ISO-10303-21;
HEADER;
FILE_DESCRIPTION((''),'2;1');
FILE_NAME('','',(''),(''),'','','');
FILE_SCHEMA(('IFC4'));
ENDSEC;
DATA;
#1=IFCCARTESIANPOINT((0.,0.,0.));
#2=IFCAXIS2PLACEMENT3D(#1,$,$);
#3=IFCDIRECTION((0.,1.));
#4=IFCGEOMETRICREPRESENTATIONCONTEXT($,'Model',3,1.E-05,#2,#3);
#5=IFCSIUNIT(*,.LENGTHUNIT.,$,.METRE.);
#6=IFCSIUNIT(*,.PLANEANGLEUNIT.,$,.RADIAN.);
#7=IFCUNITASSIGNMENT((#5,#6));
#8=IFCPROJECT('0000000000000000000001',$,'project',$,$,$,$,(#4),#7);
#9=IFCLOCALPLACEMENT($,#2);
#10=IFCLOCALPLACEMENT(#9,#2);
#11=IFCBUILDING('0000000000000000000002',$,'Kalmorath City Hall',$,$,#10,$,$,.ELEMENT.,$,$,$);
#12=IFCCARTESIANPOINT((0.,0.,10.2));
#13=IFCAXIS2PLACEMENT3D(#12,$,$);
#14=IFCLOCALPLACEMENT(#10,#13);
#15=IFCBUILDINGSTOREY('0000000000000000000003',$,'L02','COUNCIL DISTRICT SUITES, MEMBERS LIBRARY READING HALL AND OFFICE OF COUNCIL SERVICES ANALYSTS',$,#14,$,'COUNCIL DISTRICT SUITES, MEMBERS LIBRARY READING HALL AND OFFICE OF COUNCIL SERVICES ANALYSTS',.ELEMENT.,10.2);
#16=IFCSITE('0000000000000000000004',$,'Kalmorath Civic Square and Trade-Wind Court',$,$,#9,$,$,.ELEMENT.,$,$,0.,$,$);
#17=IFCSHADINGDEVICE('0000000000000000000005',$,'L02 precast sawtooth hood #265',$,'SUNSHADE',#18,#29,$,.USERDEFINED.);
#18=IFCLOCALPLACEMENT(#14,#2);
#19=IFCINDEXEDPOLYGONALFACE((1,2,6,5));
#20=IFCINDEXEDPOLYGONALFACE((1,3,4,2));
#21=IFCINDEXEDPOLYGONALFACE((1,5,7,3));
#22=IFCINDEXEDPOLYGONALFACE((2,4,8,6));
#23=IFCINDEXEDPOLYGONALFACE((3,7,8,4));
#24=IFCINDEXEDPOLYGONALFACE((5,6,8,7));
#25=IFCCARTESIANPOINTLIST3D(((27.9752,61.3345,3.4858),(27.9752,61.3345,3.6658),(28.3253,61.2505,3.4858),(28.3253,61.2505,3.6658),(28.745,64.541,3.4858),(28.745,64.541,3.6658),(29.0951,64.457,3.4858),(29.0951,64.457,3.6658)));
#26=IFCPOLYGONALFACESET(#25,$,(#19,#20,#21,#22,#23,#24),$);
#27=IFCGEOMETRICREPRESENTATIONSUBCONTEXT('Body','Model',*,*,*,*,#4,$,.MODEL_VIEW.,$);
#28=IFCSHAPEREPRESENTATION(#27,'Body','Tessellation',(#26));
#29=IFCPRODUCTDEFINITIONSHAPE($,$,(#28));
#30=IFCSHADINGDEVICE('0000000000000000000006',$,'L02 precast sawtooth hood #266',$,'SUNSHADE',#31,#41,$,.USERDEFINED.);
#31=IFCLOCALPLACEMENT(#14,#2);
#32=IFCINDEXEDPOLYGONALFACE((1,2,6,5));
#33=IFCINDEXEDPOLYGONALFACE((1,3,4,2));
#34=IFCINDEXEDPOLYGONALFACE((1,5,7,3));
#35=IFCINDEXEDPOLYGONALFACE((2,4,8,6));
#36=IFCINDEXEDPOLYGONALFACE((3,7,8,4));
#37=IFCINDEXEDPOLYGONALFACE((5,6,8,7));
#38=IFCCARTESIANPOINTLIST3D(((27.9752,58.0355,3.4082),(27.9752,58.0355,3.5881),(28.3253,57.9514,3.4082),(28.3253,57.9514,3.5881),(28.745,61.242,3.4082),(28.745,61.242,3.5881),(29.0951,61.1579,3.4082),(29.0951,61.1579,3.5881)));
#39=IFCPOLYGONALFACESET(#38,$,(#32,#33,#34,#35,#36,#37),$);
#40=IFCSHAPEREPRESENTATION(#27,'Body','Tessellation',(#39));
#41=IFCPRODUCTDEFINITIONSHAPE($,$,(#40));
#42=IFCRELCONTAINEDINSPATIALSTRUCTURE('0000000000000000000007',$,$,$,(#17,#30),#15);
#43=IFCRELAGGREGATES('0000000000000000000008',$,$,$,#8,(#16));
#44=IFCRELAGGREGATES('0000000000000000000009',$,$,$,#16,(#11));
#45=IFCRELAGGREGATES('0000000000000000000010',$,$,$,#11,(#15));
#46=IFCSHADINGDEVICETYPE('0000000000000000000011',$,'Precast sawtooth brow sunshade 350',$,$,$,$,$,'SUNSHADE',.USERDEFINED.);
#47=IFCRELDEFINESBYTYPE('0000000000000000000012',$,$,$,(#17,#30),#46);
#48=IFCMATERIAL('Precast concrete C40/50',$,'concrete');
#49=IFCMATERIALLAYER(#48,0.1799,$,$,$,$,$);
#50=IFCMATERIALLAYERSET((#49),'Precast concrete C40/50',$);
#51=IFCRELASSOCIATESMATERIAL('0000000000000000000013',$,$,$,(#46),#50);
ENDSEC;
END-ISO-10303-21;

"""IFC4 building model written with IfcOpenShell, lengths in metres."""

from ifc_helpers import new_model, si_unit, direction, frame, origin, origin_2d, place, context, subcontext, project, spatial, rectangle, extrude, material, layer, layer_set, type_object, element, save


model = new_model("IFC4")

# Units and contexts
model_context = context("Model", 3, precision=1e-05, world=origin(), true_north=direction((0.0, 1.0)))
body_context = subcontext(model_context, "Body", "Model", "MODEL_VIEW")
ifc_project = project(units=[si_unit("LENGTHUNIT", "METRE"), si_unit("PLANEANGLEUNIT", "RADIAN")], contexts=[model_context])

# Site, building, storey
site_placement = place(None, origin())
site = spatial("IfcSite", under=ifc_project, at=site_placement, Name="Kalmorath Civic Square and Trade-Wind Court", CompositionType="ELEMENT", RefElevation=0.0)
building_placement = place(site_placement, origin())
building = spatial("IfcBuilding", under=site, at=building_placement, Name="Kalmorath City Hall", CompositionType="ELEMENT")
storey_placement = place(building_placement, frame((0.0, 0.0, 10.2)))
storey = spatial("IfcBuildingStorey", under=building, at=storey_placement, Name="L02", Description="COUNCIL DISTRICT SUITES, MEMBERS LIBRARY READING HALL AND OFFICE OF COUNCIL SERVICES ANALYSTS", LongName="COUNCIL DISTRICT SUITES, MEMBERS LIBRARY READING HALL AND OFFICE OF COUNCIL SERVICES ANALYSTS", CompositionType="ELEMENT", Elevation=10.2)

# Shading devices
ifc_material_1 = material(Name="Precast concrete C40/50", Category="concrete")
ifc_layer_1 = layer(ifc_material_1, 0.1799)
ifc_layer_set_1 = layer_set([ifc_layer_1], Name="Precast concrete C40/50")
shading_device_type = type_object("IfcShadingDeviceType", Name="Precast sawtooth brow sunshade 350", ElementType="SUNSHADE", PredefinedType="USERDEFINED", material=ifc_layer_set_1)
for number, where, z_axis, x_axis, name in (
    (1, (28.5352, 62.8958, 3.4858), (0.0, 0.0, 1.0), (-0.233445, -0.97237, 0.0), "L02 precast sawtooth hood #265"),
    (2, (28.5352, 59.5967, 3.4082), (0.0, 0.0, 1.0), (-0.233445, -0.97237, 0.0), "L02 precast sawtooth hood #266"),
):
    element("IfcShadingDevice", number, at=place(storey_placement, frame(where, z_axis=z_axis, x_axis=x_axis)), inside=storey, type_object=shading_device_type, Name=name, ObjectType="SUNSHADE", PredefinedType="USERDEFINED", context=body_context, shape_type="SweptSolid", body=[
        extrude(rectangle(XDim=3.2976, YDim=0.3601, at=origin_2d()), origin(), (0.0, 0.0, 1.0), 0.1799),
    ])

save(model, "model.ifc")
